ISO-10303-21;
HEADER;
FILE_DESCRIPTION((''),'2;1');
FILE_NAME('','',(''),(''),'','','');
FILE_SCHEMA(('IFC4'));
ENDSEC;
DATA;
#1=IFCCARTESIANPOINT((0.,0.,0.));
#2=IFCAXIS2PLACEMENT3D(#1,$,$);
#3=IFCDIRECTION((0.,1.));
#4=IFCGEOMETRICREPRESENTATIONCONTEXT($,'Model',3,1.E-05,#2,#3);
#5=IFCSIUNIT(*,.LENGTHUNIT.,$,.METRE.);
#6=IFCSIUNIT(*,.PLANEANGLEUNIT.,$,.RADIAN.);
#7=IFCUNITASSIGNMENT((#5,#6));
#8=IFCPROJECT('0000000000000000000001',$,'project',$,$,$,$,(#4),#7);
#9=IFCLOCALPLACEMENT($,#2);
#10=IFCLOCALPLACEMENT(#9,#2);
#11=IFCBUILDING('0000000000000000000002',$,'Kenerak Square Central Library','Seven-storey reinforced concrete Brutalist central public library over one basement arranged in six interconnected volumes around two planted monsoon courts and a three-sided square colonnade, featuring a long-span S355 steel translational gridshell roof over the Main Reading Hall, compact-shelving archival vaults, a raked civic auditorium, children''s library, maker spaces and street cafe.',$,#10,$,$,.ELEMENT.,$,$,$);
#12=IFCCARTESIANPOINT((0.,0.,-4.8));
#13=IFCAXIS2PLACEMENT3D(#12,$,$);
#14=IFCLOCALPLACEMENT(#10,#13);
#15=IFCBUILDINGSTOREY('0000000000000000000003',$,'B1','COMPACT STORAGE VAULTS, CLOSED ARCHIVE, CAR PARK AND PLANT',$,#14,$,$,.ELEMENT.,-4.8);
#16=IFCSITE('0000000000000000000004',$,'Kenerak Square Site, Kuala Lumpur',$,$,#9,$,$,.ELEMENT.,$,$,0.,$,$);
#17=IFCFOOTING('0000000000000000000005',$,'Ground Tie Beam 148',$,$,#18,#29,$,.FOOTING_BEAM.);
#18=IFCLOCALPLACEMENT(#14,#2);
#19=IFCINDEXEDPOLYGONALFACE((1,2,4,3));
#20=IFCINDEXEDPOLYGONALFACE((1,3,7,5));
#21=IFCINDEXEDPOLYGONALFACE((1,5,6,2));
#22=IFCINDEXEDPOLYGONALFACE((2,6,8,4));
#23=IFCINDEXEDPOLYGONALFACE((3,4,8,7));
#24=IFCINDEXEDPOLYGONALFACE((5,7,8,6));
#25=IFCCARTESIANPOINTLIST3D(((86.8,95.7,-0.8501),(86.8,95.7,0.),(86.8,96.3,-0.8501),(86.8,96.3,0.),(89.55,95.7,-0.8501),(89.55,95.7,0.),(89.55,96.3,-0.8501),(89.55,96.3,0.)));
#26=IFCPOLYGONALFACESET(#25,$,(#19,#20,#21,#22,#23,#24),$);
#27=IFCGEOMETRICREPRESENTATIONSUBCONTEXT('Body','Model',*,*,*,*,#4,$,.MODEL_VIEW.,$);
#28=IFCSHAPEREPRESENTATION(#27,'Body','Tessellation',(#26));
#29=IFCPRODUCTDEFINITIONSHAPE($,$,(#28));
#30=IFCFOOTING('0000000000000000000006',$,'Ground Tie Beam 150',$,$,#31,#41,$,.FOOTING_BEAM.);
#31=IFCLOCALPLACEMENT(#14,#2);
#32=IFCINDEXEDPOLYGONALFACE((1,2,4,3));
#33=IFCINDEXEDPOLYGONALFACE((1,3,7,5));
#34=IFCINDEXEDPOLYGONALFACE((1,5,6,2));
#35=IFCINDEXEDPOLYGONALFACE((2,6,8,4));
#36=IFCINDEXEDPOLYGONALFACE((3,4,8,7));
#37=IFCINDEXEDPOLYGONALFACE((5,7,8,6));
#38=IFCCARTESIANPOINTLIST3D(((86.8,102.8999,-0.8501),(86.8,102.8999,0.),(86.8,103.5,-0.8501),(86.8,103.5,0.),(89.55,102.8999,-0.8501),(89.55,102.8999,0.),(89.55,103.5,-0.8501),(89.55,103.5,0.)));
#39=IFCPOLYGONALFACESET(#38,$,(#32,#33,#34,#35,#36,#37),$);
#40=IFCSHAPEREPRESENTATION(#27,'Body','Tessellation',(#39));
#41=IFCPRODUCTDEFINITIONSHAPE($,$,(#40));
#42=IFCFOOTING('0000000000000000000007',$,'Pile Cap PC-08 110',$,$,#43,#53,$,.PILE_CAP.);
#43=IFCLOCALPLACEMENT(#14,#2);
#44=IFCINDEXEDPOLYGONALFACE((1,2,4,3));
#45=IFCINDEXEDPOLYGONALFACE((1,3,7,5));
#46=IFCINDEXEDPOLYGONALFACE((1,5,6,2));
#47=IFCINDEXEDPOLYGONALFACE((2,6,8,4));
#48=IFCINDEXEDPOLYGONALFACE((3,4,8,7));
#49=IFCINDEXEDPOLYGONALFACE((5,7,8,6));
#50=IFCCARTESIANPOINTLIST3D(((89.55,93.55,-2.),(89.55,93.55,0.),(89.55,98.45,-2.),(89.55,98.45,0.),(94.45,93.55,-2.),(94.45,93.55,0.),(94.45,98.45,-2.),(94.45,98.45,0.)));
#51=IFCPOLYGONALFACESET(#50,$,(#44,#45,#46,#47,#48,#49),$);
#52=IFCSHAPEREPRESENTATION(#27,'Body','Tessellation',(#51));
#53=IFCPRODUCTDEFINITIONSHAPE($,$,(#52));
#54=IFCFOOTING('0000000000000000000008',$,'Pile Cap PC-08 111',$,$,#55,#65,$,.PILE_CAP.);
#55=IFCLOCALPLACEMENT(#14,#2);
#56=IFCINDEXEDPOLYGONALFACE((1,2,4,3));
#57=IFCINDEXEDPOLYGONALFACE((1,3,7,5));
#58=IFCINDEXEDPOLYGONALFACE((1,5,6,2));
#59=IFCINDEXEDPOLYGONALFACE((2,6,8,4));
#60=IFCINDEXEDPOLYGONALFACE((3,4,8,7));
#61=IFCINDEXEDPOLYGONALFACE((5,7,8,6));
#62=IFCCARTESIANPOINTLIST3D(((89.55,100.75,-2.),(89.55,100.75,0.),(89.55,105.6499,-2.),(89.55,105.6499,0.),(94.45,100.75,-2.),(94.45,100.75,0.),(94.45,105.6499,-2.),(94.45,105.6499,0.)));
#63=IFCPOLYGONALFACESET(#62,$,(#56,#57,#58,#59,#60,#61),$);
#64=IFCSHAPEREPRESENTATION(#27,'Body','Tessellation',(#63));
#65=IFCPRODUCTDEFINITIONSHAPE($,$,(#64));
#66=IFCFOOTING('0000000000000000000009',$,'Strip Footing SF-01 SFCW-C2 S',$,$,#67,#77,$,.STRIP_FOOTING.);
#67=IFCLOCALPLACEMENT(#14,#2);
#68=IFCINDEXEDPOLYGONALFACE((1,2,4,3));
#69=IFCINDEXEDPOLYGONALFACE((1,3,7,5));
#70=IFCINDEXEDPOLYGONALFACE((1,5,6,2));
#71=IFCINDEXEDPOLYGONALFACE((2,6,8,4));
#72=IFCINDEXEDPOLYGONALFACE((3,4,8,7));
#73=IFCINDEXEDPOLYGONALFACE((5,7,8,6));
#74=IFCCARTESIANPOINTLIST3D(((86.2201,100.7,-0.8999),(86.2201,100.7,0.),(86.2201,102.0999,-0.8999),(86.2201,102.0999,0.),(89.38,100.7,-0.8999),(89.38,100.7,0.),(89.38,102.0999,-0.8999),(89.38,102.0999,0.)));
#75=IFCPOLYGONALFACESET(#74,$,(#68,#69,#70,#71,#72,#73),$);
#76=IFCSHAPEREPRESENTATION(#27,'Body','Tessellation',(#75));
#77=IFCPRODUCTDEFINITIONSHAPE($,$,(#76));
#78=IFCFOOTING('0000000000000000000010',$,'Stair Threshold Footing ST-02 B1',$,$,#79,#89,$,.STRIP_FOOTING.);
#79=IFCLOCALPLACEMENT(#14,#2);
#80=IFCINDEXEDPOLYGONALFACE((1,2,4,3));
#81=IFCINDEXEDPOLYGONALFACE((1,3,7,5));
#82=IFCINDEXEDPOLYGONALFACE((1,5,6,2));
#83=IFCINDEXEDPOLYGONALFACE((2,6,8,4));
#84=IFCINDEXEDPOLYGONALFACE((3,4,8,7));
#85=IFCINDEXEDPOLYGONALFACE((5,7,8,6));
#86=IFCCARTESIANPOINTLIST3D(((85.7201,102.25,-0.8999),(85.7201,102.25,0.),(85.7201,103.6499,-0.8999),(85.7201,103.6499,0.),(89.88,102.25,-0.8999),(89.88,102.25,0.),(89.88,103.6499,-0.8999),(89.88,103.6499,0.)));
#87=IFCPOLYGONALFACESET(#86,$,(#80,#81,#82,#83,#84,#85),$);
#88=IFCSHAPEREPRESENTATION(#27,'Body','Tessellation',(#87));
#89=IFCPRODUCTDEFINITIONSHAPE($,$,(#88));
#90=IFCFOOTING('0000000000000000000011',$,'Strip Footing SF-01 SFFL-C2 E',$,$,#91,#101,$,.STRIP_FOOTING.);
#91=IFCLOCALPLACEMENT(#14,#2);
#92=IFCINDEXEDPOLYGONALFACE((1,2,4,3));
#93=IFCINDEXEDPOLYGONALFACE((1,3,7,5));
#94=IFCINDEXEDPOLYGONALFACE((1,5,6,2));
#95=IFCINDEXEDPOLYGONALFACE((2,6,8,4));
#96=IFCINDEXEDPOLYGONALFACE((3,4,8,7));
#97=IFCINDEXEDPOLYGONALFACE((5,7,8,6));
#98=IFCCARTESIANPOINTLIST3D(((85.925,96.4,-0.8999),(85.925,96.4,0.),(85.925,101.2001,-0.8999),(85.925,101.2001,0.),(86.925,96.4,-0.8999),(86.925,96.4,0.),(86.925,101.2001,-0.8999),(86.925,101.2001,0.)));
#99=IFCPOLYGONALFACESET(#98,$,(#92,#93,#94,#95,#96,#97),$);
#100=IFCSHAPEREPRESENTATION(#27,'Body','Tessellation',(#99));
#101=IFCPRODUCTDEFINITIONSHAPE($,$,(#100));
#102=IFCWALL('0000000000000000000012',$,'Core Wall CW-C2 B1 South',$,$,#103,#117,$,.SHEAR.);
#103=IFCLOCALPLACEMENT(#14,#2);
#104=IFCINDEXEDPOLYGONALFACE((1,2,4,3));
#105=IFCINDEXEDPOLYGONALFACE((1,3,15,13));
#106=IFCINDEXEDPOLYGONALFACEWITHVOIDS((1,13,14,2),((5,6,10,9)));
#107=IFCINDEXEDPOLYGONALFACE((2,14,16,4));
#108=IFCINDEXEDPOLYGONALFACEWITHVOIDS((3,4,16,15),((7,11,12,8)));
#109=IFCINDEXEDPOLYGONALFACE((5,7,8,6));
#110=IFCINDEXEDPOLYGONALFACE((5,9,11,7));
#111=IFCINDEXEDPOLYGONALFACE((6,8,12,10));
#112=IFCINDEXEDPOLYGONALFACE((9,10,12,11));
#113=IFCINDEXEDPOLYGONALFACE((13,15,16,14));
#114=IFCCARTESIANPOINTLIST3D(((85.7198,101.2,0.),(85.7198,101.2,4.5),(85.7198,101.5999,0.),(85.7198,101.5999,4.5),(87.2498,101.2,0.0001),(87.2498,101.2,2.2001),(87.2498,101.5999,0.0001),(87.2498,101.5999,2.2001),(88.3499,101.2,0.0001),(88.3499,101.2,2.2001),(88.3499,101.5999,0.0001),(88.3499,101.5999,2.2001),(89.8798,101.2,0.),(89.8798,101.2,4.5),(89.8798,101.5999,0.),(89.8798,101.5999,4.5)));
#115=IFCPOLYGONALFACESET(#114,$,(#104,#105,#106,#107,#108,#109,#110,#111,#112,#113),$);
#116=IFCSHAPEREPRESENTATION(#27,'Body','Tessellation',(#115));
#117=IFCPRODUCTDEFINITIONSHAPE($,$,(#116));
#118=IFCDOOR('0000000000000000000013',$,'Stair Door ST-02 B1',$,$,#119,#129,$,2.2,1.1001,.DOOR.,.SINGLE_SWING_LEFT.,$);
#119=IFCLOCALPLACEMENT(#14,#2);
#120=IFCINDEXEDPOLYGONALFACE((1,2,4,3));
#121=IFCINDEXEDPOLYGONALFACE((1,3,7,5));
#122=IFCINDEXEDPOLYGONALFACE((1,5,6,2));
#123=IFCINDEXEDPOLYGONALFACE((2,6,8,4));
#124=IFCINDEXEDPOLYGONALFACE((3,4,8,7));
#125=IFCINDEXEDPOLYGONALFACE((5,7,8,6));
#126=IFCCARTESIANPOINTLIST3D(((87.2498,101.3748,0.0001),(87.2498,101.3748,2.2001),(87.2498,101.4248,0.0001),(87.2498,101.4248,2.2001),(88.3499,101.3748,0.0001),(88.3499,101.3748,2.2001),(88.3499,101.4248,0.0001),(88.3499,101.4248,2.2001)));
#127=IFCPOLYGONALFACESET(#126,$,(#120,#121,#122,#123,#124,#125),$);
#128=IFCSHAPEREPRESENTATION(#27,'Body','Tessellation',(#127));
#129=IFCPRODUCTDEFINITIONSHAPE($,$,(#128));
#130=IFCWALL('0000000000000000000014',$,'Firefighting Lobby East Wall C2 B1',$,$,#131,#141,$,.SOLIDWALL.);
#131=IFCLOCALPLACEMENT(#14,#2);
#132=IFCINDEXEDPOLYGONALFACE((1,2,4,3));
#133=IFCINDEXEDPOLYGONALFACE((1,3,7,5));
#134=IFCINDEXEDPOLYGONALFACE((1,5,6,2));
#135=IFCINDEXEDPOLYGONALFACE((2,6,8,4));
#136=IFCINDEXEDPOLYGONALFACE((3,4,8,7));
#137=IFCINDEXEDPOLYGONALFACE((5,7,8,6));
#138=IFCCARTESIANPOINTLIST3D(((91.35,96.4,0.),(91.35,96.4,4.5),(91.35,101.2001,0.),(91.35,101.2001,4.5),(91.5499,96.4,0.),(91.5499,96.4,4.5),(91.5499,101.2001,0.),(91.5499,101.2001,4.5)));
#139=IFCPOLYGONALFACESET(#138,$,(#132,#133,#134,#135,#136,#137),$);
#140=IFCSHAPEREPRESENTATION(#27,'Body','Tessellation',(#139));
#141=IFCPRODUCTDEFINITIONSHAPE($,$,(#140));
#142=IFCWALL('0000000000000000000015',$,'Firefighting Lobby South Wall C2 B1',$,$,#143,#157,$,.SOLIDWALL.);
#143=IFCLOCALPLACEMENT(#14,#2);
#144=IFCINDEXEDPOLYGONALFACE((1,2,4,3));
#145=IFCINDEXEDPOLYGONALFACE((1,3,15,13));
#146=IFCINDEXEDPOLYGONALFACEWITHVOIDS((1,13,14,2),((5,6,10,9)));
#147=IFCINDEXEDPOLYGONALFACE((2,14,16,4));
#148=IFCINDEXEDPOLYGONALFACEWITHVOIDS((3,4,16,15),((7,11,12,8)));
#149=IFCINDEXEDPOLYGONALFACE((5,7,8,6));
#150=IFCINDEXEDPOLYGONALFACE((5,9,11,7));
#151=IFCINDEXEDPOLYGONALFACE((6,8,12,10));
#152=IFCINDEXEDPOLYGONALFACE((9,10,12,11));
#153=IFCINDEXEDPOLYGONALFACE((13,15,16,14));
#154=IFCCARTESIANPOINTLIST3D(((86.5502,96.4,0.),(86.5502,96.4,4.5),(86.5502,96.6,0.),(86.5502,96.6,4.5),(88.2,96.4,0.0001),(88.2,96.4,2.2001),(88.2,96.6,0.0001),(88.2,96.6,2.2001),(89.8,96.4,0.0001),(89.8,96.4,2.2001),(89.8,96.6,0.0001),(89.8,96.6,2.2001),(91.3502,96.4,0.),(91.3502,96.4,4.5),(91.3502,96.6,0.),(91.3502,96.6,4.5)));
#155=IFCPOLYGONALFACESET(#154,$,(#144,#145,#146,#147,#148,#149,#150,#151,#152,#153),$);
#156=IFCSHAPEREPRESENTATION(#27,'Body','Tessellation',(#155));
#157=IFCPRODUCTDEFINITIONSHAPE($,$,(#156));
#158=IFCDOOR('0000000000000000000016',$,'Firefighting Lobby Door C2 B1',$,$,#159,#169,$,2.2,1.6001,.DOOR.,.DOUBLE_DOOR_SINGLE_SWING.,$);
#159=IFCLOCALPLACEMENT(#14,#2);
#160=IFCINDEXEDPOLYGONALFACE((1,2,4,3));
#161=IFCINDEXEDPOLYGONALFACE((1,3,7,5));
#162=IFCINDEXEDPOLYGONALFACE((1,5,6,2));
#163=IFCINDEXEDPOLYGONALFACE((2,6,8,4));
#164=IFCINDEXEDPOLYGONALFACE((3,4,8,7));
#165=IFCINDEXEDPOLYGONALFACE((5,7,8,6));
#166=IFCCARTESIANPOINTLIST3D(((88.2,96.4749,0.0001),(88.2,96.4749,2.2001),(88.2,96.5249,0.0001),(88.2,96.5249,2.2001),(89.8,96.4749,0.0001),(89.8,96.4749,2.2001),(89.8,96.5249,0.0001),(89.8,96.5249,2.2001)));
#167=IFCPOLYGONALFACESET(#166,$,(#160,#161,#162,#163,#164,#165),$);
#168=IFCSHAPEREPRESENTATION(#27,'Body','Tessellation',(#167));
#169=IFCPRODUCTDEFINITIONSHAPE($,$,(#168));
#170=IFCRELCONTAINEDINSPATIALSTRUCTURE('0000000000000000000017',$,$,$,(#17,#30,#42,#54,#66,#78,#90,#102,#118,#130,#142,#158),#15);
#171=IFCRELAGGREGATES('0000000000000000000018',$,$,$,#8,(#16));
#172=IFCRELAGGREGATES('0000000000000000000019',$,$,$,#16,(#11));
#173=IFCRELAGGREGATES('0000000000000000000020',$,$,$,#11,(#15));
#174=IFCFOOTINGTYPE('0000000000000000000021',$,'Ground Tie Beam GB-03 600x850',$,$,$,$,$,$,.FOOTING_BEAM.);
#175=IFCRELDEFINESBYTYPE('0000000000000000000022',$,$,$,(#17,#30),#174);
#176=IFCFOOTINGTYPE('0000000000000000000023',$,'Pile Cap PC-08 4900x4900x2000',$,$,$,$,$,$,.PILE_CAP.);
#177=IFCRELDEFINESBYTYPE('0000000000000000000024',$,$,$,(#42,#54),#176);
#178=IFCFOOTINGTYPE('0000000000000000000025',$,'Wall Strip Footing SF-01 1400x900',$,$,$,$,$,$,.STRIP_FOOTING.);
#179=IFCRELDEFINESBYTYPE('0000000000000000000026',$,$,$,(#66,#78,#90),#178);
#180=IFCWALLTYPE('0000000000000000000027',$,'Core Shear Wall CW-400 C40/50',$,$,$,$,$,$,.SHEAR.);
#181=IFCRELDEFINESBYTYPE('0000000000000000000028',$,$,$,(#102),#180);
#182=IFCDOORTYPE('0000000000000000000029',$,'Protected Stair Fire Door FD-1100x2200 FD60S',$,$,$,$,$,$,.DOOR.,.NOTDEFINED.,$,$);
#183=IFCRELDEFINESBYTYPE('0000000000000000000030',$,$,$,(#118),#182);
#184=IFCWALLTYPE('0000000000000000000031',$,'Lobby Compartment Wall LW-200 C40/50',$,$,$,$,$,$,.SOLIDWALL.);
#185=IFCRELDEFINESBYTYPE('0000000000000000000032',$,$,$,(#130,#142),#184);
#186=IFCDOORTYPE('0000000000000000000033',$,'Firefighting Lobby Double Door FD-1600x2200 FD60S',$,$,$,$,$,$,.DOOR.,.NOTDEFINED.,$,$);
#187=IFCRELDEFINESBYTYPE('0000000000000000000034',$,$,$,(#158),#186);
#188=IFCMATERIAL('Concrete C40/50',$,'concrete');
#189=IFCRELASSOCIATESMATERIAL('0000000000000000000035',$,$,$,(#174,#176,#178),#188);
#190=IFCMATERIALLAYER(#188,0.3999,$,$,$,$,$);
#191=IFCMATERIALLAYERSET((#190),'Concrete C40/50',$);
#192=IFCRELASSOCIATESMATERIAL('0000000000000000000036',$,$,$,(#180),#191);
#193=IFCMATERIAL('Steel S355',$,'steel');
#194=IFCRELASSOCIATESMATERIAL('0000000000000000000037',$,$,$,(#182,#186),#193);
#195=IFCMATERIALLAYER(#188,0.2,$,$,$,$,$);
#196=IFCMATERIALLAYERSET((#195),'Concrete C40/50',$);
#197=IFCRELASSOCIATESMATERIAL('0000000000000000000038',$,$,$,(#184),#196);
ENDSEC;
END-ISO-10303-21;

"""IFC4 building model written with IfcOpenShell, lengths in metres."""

from ifc_helpers import new_model, si_unit, direction, frame, frame_2d, origin, origin_2d, place, context, subcontext, project, spatial, rectangle, extrude, material, layer, layer_set, type_object, element, fill, save


model = new_model("IFC4")

# Units and contexts
model_context = context("Model", 3, precision=1e-05, world=origin(), true_north=direction((0.0, 1.0)))
body_context = subcontext(model_context, "Body", "Model", "MODEL_VIEW")
ifc_project = project(units=[si_unit("LENGTHUNIT", "METRE"), si_unit("PLANEANGLEUNIT", "RADIAN")], contexts=[model_context])

# Site, building, storey
site_placement = place(None, origin())
site = spatial("IfcSite", under=ifc_project, at=site_placement, Name="Kenerak Square Site, Kuala Lumpur", CompositionType="ELEMENT", RefElevation=0.0)
building_placement = place(site_placement, origin())
building = spatial("IfcBuilding", under=site, at=building_placement, Name="Kenerak Square Central Library", Description="Seven-storey reinforced concrete Brutalist central public library over one basement arranged in six interconnected volumes around two planted monsoon courts and a three-sided square colonnade, featuring a long-span S355 steel translational gridshell roof over the Main Reading Hall, compact-shelving archival vaults, a raked civic auditorium, children's library, maker spaces and street cafe.", CompositionType="ELEMENT")
storey_placement = place(building_placement, frame((0.0, 0.0, -4.8)))
storey = spatial("IfcBuildingStorey", under=building, at=storey_placement, Name="B1", Description="COMPACT STORAGE VAULTS, CLOSED ARCHIVE, CAR PARK AND PLANT", CompositionType="ELEMENT", Elevation=-4.8)

# Shared definitions
ifc_material_1 = material(Name="Concrete C40/50", Category="concrete")

# Footings
footing_type_1 = type_object("IfcFootingType", Name="Ground Tie Beam GB-03 600x850", PredefinedType="FOOTING_BEAM", material=ifc_material_1)
for number, where, z_axis, x_axis, name in (
    (1, (88.175, 96.0, -0.8501), (0.0, 0.0, 1.0), (1.0, 0.0, 0.0), "Ground Tie Beam 148"),
    (2, (88.175, 103.2, -0.8501), (0.0, 0.0, 1.0), (1.0, 0.0, 0.0), "Ground Tie Beam 150"),
):
    element("IfcFooting", number, at=place(storey_placement, frame(where, z_axis=z_axis, x_axis=x_axis)), inside=storey, type_object=footing_type_1, Name=name, PredefinedType="FOOTING_BEAM", context=body_context, shape_type="SweptSolid", body=[
        extrude(rectangle(XDim=2.75, YDim=0.6001, at=origin_2d()), origin(), (0.0, 0.0, 1.0), 0.8501),
    ])
footing_type_2 = type_object("IfcFootingType", Name="Pile Cap PC-08 4900x4900x2000", PredefinedType="PILE_CAP", material=ifc_material_1)
for number, where, z_axis, x_axis, name in (
    (3, (92.0, 96.0, -2.0), (0.0, 0.0, 1.0), (1.0, 0.0, 0.0), "Pile Cap PC-08 110"),
    (4, (92.0, 103.2, -2.0), (0.0, 0.0, 1.0), (1.0, 0.0, 0.0), "Pile Cap PC-08 111"),
):
    element("IfcFooting", number, at=place(storey_placement, frame(where, z_axis=z_axis, x_axis=x_axis)), inside=storey, type_object=footing_type_2, Name=name, PredefinedType="PILE_CAP", context=body_context, shape_type="SweptSolid", body=[
        extrude(rectangle(XDim=4.8999, YDim=4.8999, at=origin_2d()), origin(), (0.0, 0.0, 1.0), 2.0),
    ])
footing_type_3 = type_object("IfcFootingType", Name="Wall Strip Footing SF-01 1400x900", PredefinedType="STRIP_FOOTING", material=ifc_material_1)
footing_1_placement = place(storey_placement, frame((87.8, 101.3999, -0.8999), z_axis=(0.0, 0.0, 1.0), x_axis=(1.0, 0.0, 0.0)))
element("IfcFooting", 5, at=footing_1_placement, inside=storey, type_object=footing_type_3, Name="Strip Footing SF-01 SFCW-C2 S", PredefinedType="STRIP_FOOTING", context=body_context, shape_type="SweptSolid", body=[
    extrude(rectangle(XDim=3.1599, YDim=1.3999, at=origin_2d()), origin(), (0.0, 0.0, 1.0), 0.8999),
])
footing_2_placement = place(storey_placement, frame((87.8, 102.95, -0.8999), z_axis=(0.0, 0.0, 1.0), x_axis=(1.0, 0.0, 0.0)))
element("IfcFooting", 6, at=footing_2_placement, inside=storey, type_object=footing_type_3, Name="Stair Threshold Footing ST-02 B1", PredefinedType="STRIP_FOOTING", context=body_context, shape_type="SweptSolid", body=[
    extrude(rectangle(XDim=4.1599, YDim=1.3999, at=origin_2d()), origin(), (0.0, 0.0, 1.0), 0.8999),
])
footing_3_placement = place(storey_placement, frame((86.425, 98.8, -0.8999), z_axis=(0.0, 0.0, 1.0), x_axis=(1.0, 0.0, 0.0)))
element("IfcFooting", 7, at=footing_3_placement, inside=storey, type_object=footing_type_3, Name="Strip Footing SF-01 SFFL-C2 E", PredefinedType="STRIP_FOOTING", context=body_context, shape_type="SweptSolid", body=[
    extrude(rectangle(XDim=1.0, YDim=4.8, at=origin_2d()), origin(), (0.0, 0.0, 1.0), 0.8999),
])

# Wall, opening, door
ifc_layer_1 = layer(ifc_material_1, 0.3999)
ifc_layer_set_1 = layer_set([ifc_layer_1], Name="Concrete C40/50")
wall_type_1 = type_object("IfcWallType", Name="Core Shear Wall CW-400 C40/50", PredefinedType="SHEAR", material=ifc_layer_set_1)
wall_1_placement = place(storey_placement, frame((89.8799, 101.3999, 0.0), z_axis=(0.0, 0.0, 1.0), x_axis=(-1.0, 0.0, 0.0)))
wall_1 = element("IfcWall", 8, at=wall_1_placement, inside=storey, type_object=wall_type_1, Name="Core Wall CW-C2 B1 South", PredefinedType="SHEAR", context=body_context, shape_type="SweptSolid", body=[
    extrude(rectangle(XDim=4.1599, YDim=0.3999, at=frame_2d((2.0801, 0.0))), origin(), (0.0, 0.0, 1.0), 4.5),
])
opening_1_placement = place(wall_1_placement, frame((1.53, 0.0, 0.0)))
opening_1 = element("IfcOpeningElement", 9, at=opening_1_placement, cuts=wall_1, PredefinedType="OPENING", context=body_context, shape_type="SweptSolid", body=[
    extrude(rectangle(XDim=1.1001, YDim=2.2, at=frame_2d((0.55, 1.1001))), frame((0.0, 0.21, 0.0), z_axis=(0.0, -1.0, 0.0), x_axis=(1.0, 0.0, 0.0)), (0.0, 0.0, 1.0), 0.4199),
])
ifc_material_2 = material(Name="Steel S355", Category="steel")
door_type_1 = type_object("IfcDoorType", Name="Protected Stair Fire Door FD-1100x2200 FD60S", OperationType="NOTDEFINED", PredefinedType="DOOR", material=ifc_material_2)
door_1_placement = place(opening_1_placement, frame((1.1001, 0.0, 0.0), z_axis=(0.0, 0.0, 1.0), x_axis=(-1.0, 0.0, 0.0)))
door_1 = element("IfcDoor", 10, at=door_1_placement, inside=storey, type_object=door_type_1, Name="Stair Door ST-02 B1", OperationType="SINGLE_SWING_LEFT", OverallHeight=2.2, OverallWidth=1.1001, PredefinedType="DOOR", context=body_context, shape_type="SweptSolid", body=[
    extrude(rectangle(XDim=1.1001, YDim=2.2, at=frame_2d((0.55, 1.1001))), frame((0.0, 0.0249, 0.0), z_axis=(0.0, -1.0, 0.0), x_axis=(1.0, 0.0, 0.0)), (0.0, 0.0, 1.0), 0.05),
])
fill(opening_1, door_1)

# Wall
ifc_layer_2 = layer(ifc_material_1, 0.2)
ifc_layer_set_2 = layer_set([ifc_layer_2], Name="Concrete C40/50")
wall_type_2 = type_object("IfcWallType", Name="Lobby Compartment Wall LW-200 C40/50", PredefinedType="SOLIDWALL", material=ifc_layer_set_2)
wall_2_placement = place(storey_placement, frame((91.45, 101.2, 0.0), z_axis=(0.0, 0.0, 1.0), x_axis=(0.0, -1.0, 0.0)))
element("IfcWall", 11, at=wall_2_placement, inside=storey, type_object=wall_type_2, Name="Firefighting Lobby East Wall C2 B1", PredefinedType="SOLIDWALL", context=body_context, shape_type="SweptSolid", body=[
    extrude(rectangle(XDim=4.8, YDim=0.2, at=frame_2d((2.3999, 0.0))), origin(), (0.0, 0.0, 1.0), 4.5),
])

# Wall, opening, door
wall_3_placement = place(storey_placement, frame((91.3501, 96.5, 0.0), z_axis=(0.0, 0.0, 1.0), x_axis=(-1.0, 0.0, 0.0)))
wall_3 = element("IfcWall", 12, at=wall_3_placement, inside=storey, type_object=wall_type_2, Name="Firefighting Lobby South Wall C2 B1", PredefinedType="SOLIDWALL", context=body_context, shape_type="SweptSolid", body=[
    extrude(rectangle(XDim=4.8, YDim=0.2, at=frame_2d((2.3999, 0.0))), origin(), (0.0, 0.0, 1.0), 4.5),
])
opening_2_placement = place(wall_3_placement, frame((1.55, 0.0, 0.0)))
opening_2 = element("IfcOpeningElement", 13, at=opening_2_placement, cuts=wall_3, PredefinedType="OPENING", context=body_context, shape_type="SweptSolid", body=[
    extrude(rectangle(XDim=1.6001, YDim=2.2, at=frame_2d((0.8, 1.1001))), frame((0.0, 0.1099, 0.0), z_axis=(0.0, -1.0, 0.0), x_axis=(1.0, 0.0, 0.0)), (0.0, 0.0, 1.0), 0.22),
])
door_type_2 = type_object("IfcDoorType", Name="Firefighting Lobby Double Door FD-1600x2200 FD60S", OperationType="NOTDEFINED", PredefinedType="DOOR", material=ifc_material_2)
door_2_placement = place(opening_2_placement, frame((1.6001, 0.0, 0.0), z_axis=(0.0, 0.0, 1.0), x_axis=(-1.0, 0.0, 0.0)))
door_2 = element("IfcDoor", 14, at=door_2_placement, inside=storey, type_object=door_type_2, Name="Firefighting Lobby Door C2 B1", OperationType="DOUBLE_DOOR_SINGLE_SWING", OverallHeight=2.2, OverallWidth=1.6001, PredefinedType="DOOR", context=body_context, shape_type="SweptSolid", body=[
    extrude(rectangle(XDim=1.6001, YDim=2.2, at=frame_2d((0.8, 1.1001))), frame((0.0, 0.0249, 0.0), z_axis=(0.0, -1.0, 0.0), x_axis=(1.0, 0.0, 0.0)), (0.0, 0.0, 1.0), 0.05),
])
fill(opening_2, door_2)

save(model, "model.ifc")
